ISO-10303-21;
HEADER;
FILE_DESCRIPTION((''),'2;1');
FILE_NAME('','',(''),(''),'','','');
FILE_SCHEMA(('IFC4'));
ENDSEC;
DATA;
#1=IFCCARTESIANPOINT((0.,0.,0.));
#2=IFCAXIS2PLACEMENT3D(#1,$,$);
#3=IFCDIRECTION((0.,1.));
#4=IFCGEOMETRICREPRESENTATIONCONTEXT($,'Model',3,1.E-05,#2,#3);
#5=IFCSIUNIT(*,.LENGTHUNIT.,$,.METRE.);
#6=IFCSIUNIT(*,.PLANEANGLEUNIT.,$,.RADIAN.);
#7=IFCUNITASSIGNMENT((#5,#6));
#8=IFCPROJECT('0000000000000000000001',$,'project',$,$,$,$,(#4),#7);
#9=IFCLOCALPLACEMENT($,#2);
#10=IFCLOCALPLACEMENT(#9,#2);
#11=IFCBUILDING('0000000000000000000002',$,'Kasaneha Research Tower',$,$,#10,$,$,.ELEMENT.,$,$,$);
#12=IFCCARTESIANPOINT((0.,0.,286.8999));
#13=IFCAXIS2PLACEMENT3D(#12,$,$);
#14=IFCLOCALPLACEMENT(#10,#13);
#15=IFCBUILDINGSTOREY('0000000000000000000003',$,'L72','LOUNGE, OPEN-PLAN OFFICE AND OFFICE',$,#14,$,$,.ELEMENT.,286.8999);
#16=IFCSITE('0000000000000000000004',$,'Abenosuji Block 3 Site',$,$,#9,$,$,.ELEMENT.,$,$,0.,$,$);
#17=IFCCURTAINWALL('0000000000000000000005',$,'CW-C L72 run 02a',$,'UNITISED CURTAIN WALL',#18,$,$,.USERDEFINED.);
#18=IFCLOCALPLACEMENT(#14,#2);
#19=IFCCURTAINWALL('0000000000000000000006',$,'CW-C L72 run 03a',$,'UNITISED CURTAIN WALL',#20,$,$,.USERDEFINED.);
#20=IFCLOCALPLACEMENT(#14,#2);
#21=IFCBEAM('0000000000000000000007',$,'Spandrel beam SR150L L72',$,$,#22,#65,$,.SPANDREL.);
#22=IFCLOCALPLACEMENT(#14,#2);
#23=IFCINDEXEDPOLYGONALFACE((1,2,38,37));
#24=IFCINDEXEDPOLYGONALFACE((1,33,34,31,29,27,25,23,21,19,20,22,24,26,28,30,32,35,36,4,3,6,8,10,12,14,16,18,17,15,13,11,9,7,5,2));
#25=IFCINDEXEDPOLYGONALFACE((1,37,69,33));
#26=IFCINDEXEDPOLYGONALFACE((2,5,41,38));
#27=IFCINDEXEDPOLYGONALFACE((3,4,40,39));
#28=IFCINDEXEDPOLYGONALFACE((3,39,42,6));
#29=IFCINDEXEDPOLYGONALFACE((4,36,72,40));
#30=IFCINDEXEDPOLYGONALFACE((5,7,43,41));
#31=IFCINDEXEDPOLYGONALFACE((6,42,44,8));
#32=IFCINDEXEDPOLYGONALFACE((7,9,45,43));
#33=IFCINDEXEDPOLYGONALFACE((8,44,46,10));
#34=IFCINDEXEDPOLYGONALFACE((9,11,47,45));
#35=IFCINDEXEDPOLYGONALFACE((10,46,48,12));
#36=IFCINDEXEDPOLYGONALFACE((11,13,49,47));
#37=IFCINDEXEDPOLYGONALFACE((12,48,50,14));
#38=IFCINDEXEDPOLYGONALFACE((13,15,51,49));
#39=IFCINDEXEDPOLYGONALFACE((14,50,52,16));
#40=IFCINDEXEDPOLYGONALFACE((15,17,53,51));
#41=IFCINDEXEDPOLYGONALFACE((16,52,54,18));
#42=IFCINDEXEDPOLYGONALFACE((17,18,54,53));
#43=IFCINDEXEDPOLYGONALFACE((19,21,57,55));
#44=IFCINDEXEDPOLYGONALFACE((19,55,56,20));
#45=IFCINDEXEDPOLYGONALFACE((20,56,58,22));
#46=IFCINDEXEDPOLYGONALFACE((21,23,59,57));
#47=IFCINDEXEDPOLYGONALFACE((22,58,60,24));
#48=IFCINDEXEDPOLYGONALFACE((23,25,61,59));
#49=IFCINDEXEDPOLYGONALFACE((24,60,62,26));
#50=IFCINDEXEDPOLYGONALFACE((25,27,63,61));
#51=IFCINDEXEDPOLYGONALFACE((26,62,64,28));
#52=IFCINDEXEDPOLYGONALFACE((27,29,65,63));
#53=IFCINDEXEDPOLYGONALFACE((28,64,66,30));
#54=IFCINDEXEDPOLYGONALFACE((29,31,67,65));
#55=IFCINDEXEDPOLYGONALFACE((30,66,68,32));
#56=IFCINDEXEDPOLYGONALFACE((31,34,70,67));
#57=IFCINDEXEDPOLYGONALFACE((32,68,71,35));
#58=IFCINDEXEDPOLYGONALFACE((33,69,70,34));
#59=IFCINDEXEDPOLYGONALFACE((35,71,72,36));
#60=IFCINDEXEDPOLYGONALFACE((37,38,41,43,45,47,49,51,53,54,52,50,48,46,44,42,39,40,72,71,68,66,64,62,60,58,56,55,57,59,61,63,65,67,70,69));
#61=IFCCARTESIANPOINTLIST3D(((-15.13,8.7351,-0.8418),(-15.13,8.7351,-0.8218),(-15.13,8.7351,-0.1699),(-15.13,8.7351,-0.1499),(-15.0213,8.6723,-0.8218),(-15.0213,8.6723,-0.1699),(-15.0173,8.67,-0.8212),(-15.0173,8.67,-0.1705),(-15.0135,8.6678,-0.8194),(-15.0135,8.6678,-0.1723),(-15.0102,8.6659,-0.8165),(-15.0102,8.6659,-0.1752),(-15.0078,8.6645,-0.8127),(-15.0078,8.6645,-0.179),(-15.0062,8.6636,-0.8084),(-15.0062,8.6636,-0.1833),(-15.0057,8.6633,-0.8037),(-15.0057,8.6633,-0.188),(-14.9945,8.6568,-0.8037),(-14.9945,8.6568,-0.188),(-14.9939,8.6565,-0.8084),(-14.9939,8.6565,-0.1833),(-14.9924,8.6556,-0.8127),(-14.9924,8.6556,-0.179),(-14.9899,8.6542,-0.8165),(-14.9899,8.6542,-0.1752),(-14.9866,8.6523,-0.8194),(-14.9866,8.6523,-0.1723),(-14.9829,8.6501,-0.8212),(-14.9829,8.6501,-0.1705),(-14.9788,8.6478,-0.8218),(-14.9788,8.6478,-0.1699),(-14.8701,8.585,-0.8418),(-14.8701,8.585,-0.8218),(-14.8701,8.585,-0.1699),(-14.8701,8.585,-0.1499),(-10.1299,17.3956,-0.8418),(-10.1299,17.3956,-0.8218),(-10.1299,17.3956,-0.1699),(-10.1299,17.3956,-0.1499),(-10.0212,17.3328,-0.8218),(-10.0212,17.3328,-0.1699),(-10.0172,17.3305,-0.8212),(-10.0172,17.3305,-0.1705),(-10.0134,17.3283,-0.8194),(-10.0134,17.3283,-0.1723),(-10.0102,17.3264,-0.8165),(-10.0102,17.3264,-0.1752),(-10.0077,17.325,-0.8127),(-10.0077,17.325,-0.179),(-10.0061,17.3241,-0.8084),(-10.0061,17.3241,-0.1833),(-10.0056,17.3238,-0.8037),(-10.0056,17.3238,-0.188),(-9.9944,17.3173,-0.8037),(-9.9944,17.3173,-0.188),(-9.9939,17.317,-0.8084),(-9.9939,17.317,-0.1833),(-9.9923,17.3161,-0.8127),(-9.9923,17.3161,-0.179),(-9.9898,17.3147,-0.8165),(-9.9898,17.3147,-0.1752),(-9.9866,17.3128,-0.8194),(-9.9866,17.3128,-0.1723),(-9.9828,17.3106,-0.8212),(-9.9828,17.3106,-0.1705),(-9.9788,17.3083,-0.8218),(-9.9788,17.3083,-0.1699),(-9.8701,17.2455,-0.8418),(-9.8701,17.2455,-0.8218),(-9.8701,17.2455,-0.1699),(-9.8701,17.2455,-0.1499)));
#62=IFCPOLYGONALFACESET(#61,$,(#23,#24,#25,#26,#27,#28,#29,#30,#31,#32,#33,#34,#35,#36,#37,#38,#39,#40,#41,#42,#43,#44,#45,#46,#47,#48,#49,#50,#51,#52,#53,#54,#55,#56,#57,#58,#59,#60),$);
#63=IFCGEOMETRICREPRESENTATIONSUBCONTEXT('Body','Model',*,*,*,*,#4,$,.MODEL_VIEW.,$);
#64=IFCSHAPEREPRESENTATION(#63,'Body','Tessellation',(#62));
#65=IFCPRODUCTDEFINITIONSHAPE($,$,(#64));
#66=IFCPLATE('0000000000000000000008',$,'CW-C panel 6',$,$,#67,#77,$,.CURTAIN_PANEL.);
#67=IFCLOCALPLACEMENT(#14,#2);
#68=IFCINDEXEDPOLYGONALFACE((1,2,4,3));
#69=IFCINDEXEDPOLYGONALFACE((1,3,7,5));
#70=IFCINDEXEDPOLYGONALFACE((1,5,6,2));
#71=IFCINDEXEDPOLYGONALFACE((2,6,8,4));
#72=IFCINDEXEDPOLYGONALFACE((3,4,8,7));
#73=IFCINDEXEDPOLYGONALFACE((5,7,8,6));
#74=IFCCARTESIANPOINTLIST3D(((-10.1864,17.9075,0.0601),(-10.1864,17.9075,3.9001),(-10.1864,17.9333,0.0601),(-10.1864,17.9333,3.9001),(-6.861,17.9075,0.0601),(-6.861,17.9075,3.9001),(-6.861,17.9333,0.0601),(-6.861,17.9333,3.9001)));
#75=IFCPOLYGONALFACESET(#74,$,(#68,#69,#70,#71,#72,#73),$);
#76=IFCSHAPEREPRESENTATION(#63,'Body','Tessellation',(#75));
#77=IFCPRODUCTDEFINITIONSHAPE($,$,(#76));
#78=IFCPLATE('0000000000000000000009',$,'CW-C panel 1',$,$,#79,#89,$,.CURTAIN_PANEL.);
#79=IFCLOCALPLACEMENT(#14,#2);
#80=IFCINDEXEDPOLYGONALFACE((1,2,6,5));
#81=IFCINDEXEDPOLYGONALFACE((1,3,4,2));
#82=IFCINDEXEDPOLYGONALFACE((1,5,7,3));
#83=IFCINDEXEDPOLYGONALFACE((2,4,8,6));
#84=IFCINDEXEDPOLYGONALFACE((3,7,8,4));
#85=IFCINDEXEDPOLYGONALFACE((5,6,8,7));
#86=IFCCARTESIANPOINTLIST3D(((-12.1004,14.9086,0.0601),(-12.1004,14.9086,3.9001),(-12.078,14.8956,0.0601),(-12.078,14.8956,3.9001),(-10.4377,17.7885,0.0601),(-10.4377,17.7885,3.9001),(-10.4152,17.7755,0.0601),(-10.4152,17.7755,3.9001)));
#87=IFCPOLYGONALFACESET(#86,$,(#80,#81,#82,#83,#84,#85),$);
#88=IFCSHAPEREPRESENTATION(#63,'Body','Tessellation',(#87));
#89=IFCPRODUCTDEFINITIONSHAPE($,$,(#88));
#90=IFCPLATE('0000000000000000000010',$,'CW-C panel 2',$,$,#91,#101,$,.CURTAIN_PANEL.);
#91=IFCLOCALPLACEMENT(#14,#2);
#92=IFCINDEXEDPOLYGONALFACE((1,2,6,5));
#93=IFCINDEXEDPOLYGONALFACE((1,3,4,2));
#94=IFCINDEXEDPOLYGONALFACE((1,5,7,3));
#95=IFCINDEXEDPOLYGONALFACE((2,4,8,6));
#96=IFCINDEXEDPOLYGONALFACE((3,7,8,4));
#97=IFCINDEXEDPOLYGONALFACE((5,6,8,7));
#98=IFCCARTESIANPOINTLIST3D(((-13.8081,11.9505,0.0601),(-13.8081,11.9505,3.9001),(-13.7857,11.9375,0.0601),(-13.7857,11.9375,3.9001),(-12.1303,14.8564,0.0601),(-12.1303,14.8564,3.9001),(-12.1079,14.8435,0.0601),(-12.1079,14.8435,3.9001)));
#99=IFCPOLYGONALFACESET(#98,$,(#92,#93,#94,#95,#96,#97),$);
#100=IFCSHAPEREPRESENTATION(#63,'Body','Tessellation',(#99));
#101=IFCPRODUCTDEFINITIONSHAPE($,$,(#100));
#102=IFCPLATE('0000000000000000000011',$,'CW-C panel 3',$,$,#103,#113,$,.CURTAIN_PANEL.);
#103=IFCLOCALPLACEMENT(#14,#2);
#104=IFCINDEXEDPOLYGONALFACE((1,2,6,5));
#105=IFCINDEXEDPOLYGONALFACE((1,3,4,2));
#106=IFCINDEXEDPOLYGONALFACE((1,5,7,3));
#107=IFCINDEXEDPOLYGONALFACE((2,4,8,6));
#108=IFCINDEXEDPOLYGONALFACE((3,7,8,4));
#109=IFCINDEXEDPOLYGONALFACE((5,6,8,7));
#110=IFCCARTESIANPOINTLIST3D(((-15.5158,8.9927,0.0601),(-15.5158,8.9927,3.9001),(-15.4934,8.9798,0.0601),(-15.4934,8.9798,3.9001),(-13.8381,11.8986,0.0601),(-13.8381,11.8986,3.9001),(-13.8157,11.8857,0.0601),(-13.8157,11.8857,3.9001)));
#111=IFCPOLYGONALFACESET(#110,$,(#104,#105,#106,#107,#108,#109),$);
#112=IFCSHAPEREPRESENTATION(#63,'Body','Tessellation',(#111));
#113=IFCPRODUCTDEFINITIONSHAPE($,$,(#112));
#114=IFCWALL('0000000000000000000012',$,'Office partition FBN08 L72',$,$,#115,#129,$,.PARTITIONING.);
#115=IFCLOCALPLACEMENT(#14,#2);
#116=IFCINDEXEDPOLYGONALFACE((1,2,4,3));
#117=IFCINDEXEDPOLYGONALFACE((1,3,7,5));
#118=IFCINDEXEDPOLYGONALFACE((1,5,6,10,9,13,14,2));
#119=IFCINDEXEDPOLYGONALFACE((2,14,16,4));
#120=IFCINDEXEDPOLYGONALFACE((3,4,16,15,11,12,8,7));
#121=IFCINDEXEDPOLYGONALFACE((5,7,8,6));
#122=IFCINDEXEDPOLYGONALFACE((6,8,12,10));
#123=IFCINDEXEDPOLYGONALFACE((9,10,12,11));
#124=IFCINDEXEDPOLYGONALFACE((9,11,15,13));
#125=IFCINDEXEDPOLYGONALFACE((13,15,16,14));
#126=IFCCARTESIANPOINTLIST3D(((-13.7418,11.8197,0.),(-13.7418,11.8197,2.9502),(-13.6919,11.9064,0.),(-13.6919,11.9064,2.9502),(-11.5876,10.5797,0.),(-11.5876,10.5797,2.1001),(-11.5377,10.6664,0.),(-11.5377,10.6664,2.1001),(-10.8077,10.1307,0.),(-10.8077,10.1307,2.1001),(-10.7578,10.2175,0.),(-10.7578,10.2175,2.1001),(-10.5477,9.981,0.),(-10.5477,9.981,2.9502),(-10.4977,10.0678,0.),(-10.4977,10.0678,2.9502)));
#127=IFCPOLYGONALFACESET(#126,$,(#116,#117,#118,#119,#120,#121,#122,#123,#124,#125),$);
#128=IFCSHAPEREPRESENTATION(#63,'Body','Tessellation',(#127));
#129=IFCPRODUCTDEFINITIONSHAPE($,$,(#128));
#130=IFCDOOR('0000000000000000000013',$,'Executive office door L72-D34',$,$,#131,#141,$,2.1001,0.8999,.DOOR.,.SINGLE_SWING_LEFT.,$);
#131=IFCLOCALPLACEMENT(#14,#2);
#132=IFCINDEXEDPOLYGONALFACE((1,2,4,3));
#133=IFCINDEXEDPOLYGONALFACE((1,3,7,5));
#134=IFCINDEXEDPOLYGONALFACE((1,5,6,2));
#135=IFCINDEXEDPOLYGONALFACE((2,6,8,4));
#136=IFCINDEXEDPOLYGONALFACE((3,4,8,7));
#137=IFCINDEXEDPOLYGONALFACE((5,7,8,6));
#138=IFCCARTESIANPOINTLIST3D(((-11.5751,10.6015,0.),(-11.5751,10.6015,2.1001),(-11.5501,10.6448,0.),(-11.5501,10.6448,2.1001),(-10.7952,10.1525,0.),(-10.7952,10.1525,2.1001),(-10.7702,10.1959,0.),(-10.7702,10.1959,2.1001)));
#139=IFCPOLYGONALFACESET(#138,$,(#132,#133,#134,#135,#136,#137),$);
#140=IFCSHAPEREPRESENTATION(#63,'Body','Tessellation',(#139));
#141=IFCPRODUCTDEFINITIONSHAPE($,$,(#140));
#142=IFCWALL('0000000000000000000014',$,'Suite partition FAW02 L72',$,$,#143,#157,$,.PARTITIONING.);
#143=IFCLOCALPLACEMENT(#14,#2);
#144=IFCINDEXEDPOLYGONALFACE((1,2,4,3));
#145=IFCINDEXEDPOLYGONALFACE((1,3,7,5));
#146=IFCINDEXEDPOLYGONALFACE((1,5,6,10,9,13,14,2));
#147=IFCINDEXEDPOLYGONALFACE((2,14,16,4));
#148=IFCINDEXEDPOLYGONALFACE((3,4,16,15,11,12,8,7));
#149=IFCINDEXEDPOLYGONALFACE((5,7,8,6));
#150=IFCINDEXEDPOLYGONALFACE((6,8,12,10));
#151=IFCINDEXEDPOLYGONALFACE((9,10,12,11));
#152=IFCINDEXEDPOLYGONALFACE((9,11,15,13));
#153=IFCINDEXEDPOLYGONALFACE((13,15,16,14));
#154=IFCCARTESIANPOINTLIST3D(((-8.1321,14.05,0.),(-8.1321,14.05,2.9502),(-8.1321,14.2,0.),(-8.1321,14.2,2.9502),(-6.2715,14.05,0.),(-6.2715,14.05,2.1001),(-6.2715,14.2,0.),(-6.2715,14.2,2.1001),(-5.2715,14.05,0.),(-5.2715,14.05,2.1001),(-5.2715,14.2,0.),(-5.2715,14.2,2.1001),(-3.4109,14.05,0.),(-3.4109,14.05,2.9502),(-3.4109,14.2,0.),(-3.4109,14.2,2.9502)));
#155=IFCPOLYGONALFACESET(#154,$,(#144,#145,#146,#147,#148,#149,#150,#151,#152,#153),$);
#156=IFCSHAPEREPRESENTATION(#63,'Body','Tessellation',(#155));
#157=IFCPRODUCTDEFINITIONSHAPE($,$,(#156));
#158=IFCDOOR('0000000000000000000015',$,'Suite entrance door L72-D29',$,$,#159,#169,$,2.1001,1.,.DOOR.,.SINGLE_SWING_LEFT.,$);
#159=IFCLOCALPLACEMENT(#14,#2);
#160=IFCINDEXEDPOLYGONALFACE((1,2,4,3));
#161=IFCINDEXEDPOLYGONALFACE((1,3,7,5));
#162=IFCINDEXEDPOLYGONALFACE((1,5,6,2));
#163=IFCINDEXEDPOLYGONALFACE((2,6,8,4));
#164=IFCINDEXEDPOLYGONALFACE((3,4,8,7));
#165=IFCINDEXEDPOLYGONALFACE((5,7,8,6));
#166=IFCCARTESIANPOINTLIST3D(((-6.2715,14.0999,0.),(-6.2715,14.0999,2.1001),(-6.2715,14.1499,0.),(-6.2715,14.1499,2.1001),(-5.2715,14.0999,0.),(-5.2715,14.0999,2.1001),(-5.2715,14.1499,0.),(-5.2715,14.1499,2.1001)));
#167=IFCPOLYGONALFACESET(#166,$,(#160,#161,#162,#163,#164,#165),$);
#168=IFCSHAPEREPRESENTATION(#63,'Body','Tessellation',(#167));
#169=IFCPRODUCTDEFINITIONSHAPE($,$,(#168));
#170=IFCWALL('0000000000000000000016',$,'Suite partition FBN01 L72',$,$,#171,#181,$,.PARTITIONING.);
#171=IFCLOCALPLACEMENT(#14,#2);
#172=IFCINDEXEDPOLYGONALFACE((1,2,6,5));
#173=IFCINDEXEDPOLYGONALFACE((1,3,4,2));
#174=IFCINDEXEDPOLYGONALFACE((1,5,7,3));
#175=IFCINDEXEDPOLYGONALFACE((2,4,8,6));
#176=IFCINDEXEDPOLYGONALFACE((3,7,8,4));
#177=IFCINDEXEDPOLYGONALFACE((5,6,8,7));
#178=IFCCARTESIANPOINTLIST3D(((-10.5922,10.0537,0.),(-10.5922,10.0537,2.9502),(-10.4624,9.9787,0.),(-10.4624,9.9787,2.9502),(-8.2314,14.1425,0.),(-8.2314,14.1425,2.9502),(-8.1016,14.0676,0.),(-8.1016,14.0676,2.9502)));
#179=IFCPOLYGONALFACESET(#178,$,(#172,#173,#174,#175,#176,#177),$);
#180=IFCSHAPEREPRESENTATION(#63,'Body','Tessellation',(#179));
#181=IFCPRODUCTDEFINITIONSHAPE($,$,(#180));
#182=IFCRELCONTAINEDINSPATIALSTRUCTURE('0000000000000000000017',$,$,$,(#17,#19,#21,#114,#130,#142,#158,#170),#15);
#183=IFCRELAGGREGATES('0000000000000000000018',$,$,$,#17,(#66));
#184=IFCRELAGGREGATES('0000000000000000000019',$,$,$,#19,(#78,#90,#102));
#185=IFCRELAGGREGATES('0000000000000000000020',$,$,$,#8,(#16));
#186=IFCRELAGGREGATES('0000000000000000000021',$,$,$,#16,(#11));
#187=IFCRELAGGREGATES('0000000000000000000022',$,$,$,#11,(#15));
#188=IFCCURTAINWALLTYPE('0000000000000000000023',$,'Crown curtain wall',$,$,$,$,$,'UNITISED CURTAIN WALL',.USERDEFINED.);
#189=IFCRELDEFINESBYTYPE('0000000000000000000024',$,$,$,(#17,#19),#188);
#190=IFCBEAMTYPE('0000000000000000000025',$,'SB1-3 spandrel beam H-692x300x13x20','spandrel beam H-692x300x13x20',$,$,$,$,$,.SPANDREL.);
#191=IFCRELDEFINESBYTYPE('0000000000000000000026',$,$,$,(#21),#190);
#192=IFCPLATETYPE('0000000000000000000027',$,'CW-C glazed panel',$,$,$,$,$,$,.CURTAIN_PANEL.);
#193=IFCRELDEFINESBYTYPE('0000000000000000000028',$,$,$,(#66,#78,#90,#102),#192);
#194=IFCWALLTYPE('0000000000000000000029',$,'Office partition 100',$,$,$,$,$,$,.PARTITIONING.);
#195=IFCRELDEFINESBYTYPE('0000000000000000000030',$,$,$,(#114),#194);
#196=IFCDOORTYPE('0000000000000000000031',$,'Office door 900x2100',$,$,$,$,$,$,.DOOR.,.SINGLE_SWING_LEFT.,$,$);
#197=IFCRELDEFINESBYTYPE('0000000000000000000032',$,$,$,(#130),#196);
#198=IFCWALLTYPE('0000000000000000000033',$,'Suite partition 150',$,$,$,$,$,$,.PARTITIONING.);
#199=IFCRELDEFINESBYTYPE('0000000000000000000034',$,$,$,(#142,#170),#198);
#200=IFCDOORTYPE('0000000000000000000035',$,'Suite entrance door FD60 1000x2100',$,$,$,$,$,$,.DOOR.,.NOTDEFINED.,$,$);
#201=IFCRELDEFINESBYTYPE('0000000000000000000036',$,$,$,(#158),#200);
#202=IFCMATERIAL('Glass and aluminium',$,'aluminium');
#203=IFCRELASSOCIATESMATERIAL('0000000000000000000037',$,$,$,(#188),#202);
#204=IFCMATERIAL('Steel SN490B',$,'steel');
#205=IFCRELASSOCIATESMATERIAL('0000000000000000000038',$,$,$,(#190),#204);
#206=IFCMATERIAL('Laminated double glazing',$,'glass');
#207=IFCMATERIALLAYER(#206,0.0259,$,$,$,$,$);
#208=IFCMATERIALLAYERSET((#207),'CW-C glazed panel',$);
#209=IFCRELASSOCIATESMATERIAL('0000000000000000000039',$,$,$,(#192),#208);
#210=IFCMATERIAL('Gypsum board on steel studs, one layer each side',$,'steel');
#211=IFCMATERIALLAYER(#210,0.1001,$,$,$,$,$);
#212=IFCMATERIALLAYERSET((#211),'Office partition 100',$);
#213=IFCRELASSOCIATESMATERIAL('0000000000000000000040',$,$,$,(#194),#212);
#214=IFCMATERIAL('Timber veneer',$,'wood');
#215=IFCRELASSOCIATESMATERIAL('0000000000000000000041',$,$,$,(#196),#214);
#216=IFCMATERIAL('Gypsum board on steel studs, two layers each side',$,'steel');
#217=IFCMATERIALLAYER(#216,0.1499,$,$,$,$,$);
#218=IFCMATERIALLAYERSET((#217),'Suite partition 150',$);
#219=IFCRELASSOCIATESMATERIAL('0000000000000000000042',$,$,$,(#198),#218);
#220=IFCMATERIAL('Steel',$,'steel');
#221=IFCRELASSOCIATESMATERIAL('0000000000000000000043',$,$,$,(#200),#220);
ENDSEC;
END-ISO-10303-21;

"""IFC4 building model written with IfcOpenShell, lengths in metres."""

from ifc_helpers import new_model, si_unit, direction, frame, frame_2d, origin, origin_2d, place, context, subcontext, project, spatial, rectangle, i_section, extrude, material, layer, layer_set, material_profile, profile_set, type_object, element, fill, aggregate, save


model = new_model("IFC4")

# Units and contexts
model_context = context("Model", 3, precision=1e-05, world=origin(), true_north=direction((0.0, 1.0)))
body_context = subcontext(model_context, "Body", "Model", "MODEL_VIEW")
ifc_project = project(units=[si_unit("LENGTHUNIT", "METRE"), si_unit("PLANEANGLEUNIT", "RADIAN")], contexts=[model_context])

# Site, building, storey
site_placement = place(None, origin())
site = spatial("IfcSite", under=ifc_project, at=site_placement, Name="Abenosuji Block 3 Site", CompositionType="ELEMENT", RefElevation=0.0)
building_placement = place(site_placement, origin())
building = spatial("IfcBuilding", under=site, at=building_placement, Name="Kasaneha Research Tower", CompositionType="ELEMENT")
storey_placement = place(building_placement, frame((0.0, 0.0, 286.8999)))
storey = spatial("IfcBuildingStorey", under=building, at=storey_placement, Name="L72", Description="LOUNGE, OPEN-PLAN OFFICE AND OFFICE", CompositionType="ELEMENT", Elevation=286.8999)

# Curtain wall
ifc_material_1 = material(Name="Glass and aluminium", Category="aluminium")
curtain_wall_type = type_object("IfcCurtainWallType", Name="Crown curtain wall", ElementType="UNITISED CURTAIN WALL", PredefinedType="USERDEFINED", material=ifc_material_1)
curtain_wall_1_placement = place(storey_placement, origin())
curtain_wall_1 = element("IfcCurtainWall", 1, at=curtain_wall_1_placement, inside=storey, type_object=curtain_wall_type, Name="CW-C L72 run 02a", ObjectType="UNITISED CURTAIN WALL", PredefinedType="USERDEFINED")

# Curtain wall
curtain_wall_2_placement = place(storey_placement, origin())
curtain_wall_2 = element("IfcCurtainWall", 2, at=curtain_wall_2_placement, inside=storey, type_object=curtain_wall_type, Name="CW-C L72 run 03a", ObjectType="UNITISED CURTAIN WALL", PredefinedType="USERDEFINED")

# Beam
ifc_material_2 = material(Name="Steel SN490B", Category="steel")
ifc_material_profile_1 = material_profile(ifc_material_2, i_section(OverallWidth=0.3, OverallDepth=0.6919, WebThickness=0.0129, FlangeThickness=0.02, FilletRadius=0.0181, at=origin_2d()), Name="H-692x300x13x20")
ifc_profile_set_1 = profile_set([ifc_material_profile_1], Name="Steel SN490B")
beam_type_1 = type_object("IfcBeamType", Name="SB1-3 spandrel beam H-692x300x13x20", Description="spandrel beam H-692x300x13x20", PredefinedType="SPANDREL", material=ifc_profile_set_1)
beam_1_placement = place(storey_placement, frame((-10.0, 17.3206, -0.4958), z_axis=(-0.499994, -0.866029, 0.0), x_axis=(0.866029, -0.499994, 0.0)))
element("IfcBeam", 3, at=beam_1_placement, inside=storey, type_object=beam_type_1, Name="Spandrel beam SR150L L72", PredefinedType="SPANDREL", context=body_context, shape_type="SweptSolid", body=[
    extrude(i_section(OverallWidth=0.3, OverallDepth=0.6919, WebThickness=0.0129, FlangeThickness=0.02, FilletRadius=0.0181, at=origin_2d()), origin(), (0.0, 0.0, 1.0), 10.0002),
])

# Plates
ifc_material_3 = material(Name="Laminated double glazing", Category="glass")
ifc_layer_1 = layer(ifc_material_3, 0.0259)
ifc_layer_set_1 = layer_set([ifc_layer_1], Name="CW-C glazed panel")
plate_type = type_object("IfcPlateType", Name="CW-C glazed panel", PredefinedType="CURTAIN_PANEL", material=ifc_layer_set_1)
plate_1_placement = place(storey_placement, frame((-8.5237, 17.9204, 0.0601), z_axis=(0.0, 0.0, 1.0), x_axis=(-1.0, 0.0, 0.0)))
plate_1 = element("IfcPlate", 4, at=plate_1_placement, type_object=plate_type, Name="CW-C panel 6", PredefinedType="CURTAIN_PANEL", context=body_context, shape_type="SweptSolid", body=[
    extrude(rectangle(XDim=3.3254, YDim=0.0259, at=origin_2d()), origin(), (0.0, 0.0, 1.0), 3.8401),
])
aggregate(curtain_wall_1, [plate_1])
plate_2_placement = place(storey_placement, frame((-11.2578, 16.342, 0.0601), z_axis=(0.0, 0.0, 1.0), x_axis=(-0.5, -0.866025, 0.0)))
plate_2 = element("IfcPlate", 5, at=plate_2_placement, type_object=plate_type, Name="CW-C panel 1", PredefinedType="CURTAIN_PANEL", context=body_context, shape_type="SweptSolid", body=[
    extrude(rectangle(XDim=3.3254, YDim=0.0259, at=origin_2d()), origin(), (0.0, 0.0, 1.0), 3.8401),
])
plate_3_placement = place(storey_placement, frame((-12.958, 13.397, 0.0601), z_axis=(0.0, 0.0, 1.0), x_axis=(-0.5, -0.866025, 0.0)))
plate_3 = element("IfcPlate", 6, at=plate_3_placement, type_object=plate_type, Name="CW-C panel 2", PredefinedType="CURTAIN_PANEL", context=body_context, shape_type="SweptSolid", body=[
    extrude(rectangle(XDim=3.3555, YDim=0.0259, at=origin_2d()), origin(), (0.0, 0.0, 1.0), 3.8401),
])
plate_4_placement = place(storey_placement, frame((-14.6658, 10.4392, 0.0601), z_axis=(0.0, 0.0, 1.0), x_axis=(-0.5, -0.866025, 0.0)))
plate_4 = element("IfcPlate", 7, at=plate_4_placement, type_object=plate_type, Name="CW-C panel 3", PredefinedType="CURTAIN_PANEL", context=body_context, shape_type="SweptSolid", body=[
    extrude(rectangle(XDim=3.3555, YDim=0.0259, at=origin_2d()), origin(), (0.0, 0.0, 1.0), 3.8401),
])
aggregate(curtain_wall_2, [plate_2, plate_3, plate_4])

# Walls, openings, doors
ifc_material_4 = material(Name="Gypsum board on steel studs, one layer each side", Category="steel")
ifc_layer_2 = layer(ifc_material_4, 0.1001)
ifc_layer_set_2 = layer_set([ifc_layer_2], Name="Office partition 100")
wall_type_1 = type_object("IfcWallType", Name="Office partition 100", PredefinedType="PARTITIONING", material=ifc_layer_set_2)
wall_1_placement = place(storey_placement, frame((-10.5227, 10.0244, 0.0), z_axis=(0.0, 0.0, 1.0), x_axis=(-0.866669, 0.498883, 0.0)))
wall_1 = element("IfcWall", 8, at=wall_1_placement, inside=storey, type_object=wall_type_1, Name="Office partition FBN08 L72", PredefinedType="PARTITIONING", context=body_context, shape_type="SweptSolid", body=[
    extrude(rectangle(XDim=3.6855, YDim=0.1001, at=frame_2d((1.8428, 0.0))), origin(), (0.0, 0.0, 1.0), 2.9502),
])
opening_1_placement = place(wall_1_placement, frame((0.3, 0.0, 0.0)))
opening_1 = element("IfcOpeningElement", 9, at=opening_1_placement, cuts=wall_1, PredefinedType="OPENING", context=body_context, shape_type="SweptSolid", body=[
    extrude(rectangle(XDim=0.8999, YDim=2.1001, at=frame_2d((0.45, 1.05))), frame((0.0, 0.0601, 0.0), z_axis=(0.0, -1.0, 0.0), x_axis=(1.0, 0.0, 0.0)), (0.0, 0.0, 1.0), 0.1201),
])
ifc_material_5 = material(Name="Timber veneer", Category="wood")
door_type_1 = type_object("IfcDoorType", Name="Office door 900x2100", OperationType="SINGLE_SWING_LEFT", PredefinedType="DOOR", material=ifc_material_5)
door_1_placement = place(opening_1_placement, origin())
door_1 = element("IfcDoor", 10, at=door_1_placement, inside=storey, type_object=door_type_1, Name="Executive office door L72-D34", OperationType="SINGLE_SWING_LEFT", OverallHeight=2.1001, OverallWidth=0.8999, PredefinedType="DOOR", context=body_context, shape_type="SweptSolid", body=[
    extrude(rectangle(XDim=0.8999, YDim=2.1001, at=frame_2d((0.45, 1.05))), frame((0.0, 0.0249, 0.0), z_axis=(0.0, -1.0, 0.0), x_axis=(1.0, 0.0, 0.0)), (0.0, 0.0, 1.0), 0.05),
])
fill(opening_1, door_1)
ifc_material_6 = material(Name="Gypsum board on steel studs, two layers each side", Category="steel")
ifc_layer_3 = layer(ifc_material_6, 0.1499)
ifc_layer_set_3 = layer_set([ifc_layer_3], Name="Suite partition 150")
wall_type_2 = type_object("IfcWallType", Name="Suite partition 150", PredefinedType="PARTITIONING", material=ifc_layer_set_3)
wall_2_placement = place(storey_placement, frame((-8.1321, 14.125, 0.0), z_axis=(0.0, 0.0, 1.0), x_axis=(1.0, 0.0, 0.0)))
wall_2 = element("IfcWall", 11, at=wall_2_placement, inside=storey, type_object=wall_type_2, Name="Suite partition FAW02 L72", PredefinedType="PARTITIONING", context=body_context, shape_type="SweptSolid", body=[
    extrude(rectangle(XDim=4.7212, YDim=0.1499, at=frame_2d((2.3606, 0.0))), origin(), (0.0, 0.0, 1.0), 2.9502),
])
opening_2_placement = place(wall_2_placement, frame((1.8606, 0.0, 0.0)))
opening_2 = element("IfcOpeningElement", 12, at=opening_2_placement, cuts=wall_2, PredefinedType="OPENING", context=body_context, shape_type="SweptSolid", body=[
    extrude(rectangle(XDim=1.0, YDim=2.1001, at=frame_2d((0.5, 1.05))), frame((0.0, 0.085, 0.0), z_axis=(0.0, -1.0, 0.0), x_axis=(1.0, 0.0, 0.0)), (0.0, 0.0, 1.0), 0.1699),
])
ifc_material_7 = material(Name="Steel", Category="steel")
door_type_2 = type_object("IfcDoorType", Name="Suite entrance door FD60 1000x2100", OperationType="NOTDEFINED", PredefinedType="DOOR", material=ifc_material_7)
door_2_placement = place(opening_2_placement, origin())
door_2 = element("IfcDoor", 13, at=door_2_placement, inside=storey, type_object=door_type_2, Name="Suite entrance door L72-D29", OperationType="SINGLE_SWING_LEFT", OverallHeight=2.1001, OverallWidth=1.0, PredefinedType="DOOR", context=body_context, shape_type="SweptSolid", body=[
    extrude(rectangle(XDim=1.0, YDim=2.1001, at=frame_2d((0.5, 1.05))), frame((0.0, 0.0249, 0.0), z_axis=(0.0, -1.0, 0.0), x_axis=(1.0, 0.0, 0.0)), (0.0, 0.0, 1.0), 0.05),
])
fill(opening_2, door_2)

# Wall
wall_3_placement = place(storey_placement, frame((-10.5273, 10.0161, 0.0), z_axis=(0.0, 0.0, 1.0), x_axis=(0.500021, 0.866013, 0.0)))
element("IfcWall", 14, at=wall_3_placement, inside=storey, type_object=wall_type_2, Name="Suite partition FBN01 L72", PredefinedType="PARTITIONING", context=body_context, shape_type="SweptSolid", body=[
    extrude(rectangle(XDim=4.7214, YDim=0.1499, at=frame_2d((2.3608, 0.0))), origin(), (0.0, 0.0, 1.0), 2.9502),
])

save(model, "model.ifc")
